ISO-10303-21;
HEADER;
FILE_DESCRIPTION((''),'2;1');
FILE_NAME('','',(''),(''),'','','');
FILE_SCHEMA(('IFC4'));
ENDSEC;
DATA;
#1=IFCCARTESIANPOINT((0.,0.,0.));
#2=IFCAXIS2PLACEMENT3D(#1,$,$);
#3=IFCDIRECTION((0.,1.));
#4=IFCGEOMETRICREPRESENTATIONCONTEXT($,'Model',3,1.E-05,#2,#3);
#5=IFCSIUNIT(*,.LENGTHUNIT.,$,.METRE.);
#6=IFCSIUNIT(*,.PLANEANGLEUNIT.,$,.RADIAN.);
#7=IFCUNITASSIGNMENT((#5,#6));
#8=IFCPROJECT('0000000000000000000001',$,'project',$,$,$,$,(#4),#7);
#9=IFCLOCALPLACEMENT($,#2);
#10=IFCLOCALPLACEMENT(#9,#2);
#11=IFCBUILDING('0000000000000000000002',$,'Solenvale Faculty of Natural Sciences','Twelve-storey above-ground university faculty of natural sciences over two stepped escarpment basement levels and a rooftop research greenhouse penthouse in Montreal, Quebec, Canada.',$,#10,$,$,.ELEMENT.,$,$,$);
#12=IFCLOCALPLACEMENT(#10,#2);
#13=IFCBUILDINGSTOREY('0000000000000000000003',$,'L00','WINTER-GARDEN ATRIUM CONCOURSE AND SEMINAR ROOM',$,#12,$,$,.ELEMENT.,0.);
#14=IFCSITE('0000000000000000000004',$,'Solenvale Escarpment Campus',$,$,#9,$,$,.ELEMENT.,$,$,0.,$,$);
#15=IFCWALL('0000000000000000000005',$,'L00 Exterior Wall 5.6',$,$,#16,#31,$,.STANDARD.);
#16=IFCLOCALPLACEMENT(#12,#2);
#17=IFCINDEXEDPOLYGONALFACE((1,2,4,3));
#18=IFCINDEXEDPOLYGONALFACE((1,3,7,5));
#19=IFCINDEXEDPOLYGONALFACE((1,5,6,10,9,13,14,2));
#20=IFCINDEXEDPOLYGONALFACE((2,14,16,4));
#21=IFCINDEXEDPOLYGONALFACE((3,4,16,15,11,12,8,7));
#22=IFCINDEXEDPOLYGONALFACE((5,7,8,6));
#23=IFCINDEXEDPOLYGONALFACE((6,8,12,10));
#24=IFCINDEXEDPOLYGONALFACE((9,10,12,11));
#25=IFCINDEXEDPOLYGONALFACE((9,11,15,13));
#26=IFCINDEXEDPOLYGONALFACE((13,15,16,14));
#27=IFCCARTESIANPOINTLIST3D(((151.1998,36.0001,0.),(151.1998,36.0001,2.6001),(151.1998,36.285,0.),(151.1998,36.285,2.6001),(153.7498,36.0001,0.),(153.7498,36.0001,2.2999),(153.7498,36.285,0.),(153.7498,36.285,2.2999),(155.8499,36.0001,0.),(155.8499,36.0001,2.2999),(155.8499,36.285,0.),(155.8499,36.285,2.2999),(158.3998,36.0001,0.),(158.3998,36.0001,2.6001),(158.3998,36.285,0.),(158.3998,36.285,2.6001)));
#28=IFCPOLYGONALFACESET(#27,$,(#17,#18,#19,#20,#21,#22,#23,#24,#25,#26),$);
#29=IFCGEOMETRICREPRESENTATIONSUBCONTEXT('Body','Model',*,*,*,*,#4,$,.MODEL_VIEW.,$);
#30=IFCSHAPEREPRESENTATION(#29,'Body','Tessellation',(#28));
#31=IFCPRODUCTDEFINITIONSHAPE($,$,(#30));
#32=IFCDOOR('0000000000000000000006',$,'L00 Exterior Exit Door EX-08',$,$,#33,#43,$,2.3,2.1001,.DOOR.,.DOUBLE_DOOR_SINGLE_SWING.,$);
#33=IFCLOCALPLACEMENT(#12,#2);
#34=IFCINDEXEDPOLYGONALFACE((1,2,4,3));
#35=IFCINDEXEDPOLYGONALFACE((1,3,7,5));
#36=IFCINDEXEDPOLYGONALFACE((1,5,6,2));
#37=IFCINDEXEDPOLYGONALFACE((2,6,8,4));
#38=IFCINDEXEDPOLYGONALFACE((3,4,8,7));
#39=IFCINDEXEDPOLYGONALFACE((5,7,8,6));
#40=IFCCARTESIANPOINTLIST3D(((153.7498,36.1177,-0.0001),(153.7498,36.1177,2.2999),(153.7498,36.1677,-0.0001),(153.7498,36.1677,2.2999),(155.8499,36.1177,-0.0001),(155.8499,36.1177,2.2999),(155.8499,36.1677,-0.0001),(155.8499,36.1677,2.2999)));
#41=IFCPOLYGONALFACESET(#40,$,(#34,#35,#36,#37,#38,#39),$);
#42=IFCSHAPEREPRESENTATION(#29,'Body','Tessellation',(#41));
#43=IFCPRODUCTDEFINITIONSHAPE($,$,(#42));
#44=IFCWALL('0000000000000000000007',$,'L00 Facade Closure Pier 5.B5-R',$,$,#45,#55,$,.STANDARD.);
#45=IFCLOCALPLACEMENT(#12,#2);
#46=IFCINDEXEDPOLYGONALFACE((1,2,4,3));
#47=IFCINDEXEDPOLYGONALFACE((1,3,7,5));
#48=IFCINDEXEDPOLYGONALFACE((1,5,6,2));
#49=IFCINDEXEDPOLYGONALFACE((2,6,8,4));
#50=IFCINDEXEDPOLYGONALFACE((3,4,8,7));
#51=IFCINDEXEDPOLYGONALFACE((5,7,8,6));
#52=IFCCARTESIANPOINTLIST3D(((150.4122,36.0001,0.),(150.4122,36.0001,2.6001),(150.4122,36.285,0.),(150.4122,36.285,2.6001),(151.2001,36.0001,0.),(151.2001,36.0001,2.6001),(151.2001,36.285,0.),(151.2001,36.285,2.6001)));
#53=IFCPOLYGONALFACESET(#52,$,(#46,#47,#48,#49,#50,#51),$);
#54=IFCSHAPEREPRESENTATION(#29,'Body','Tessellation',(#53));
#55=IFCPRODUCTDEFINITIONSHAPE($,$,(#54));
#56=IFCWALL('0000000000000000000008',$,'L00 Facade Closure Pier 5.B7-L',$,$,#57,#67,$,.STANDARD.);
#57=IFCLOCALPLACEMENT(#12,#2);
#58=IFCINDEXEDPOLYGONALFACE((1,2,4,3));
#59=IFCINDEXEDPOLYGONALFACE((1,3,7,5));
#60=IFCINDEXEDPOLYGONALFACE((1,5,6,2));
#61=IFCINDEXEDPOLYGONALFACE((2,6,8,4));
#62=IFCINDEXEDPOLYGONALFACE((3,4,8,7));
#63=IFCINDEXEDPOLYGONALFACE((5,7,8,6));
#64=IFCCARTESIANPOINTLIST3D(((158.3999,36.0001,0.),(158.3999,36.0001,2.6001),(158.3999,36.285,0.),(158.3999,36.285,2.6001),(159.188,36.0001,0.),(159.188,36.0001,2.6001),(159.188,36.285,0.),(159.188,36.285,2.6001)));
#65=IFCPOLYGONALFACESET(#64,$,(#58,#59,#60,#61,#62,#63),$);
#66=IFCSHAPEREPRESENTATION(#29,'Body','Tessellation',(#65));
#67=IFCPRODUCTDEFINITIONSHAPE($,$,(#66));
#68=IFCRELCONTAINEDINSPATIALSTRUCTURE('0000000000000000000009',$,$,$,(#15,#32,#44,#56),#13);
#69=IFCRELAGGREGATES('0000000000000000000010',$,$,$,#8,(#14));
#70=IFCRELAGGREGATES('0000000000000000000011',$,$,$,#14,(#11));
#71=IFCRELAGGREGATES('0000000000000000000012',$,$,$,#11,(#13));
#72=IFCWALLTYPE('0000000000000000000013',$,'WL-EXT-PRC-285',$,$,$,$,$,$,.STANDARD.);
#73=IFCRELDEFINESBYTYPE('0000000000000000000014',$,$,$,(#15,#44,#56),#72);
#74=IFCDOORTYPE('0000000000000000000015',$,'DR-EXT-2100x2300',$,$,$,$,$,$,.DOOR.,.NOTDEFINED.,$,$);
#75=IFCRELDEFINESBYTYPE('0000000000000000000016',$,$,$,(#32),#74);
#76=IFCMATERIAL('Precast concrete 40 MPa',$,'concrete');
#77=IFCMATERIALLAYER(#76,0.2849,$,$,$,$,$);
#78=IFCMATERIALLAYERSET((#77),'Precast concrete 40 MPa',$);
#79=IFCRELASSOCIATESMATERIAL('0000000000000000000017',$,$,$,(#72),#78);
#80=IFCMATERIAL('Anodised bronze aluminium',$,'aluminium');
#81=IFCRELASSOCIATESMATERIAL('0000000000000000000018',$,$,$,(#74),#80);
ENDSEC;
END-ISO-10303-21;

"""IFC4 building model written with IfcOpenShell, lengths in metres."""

from ifc_helpers import new_model, si_unit, direction, frame, frame_2d, origin, place, context, subcontext, project, spatial, rectangle, extrude, material, layer, layer_set, type_object, element, fill, save


model = new_model("IFC4")

# Units and contexts
model_context = context("Model", 3, precision=1e-05, world=origin(), true_north=direction((0.0, 1.0)))
body_context = subcontext(model_context, "Body", "Model", "MODEL_VIEW")
ifc_project = project(units=[si_unit("LENGTHUNIT", "METRE"), si_unit("PLANEANGLEUNIT", "RADIAN")], contexts=[model_context])

# Site, building, storey
site_placement = place(None, origin())
site = spatial("IfcSite", under=ifc_project, at=site_placement, Name="Solenvale Escarpment Campus", CompositionType="ELEMENT", RefElevation=0.0)
building_placement = place(site_placement, origin())
building = spatial("IfcBuilding", under=site, at=building_placement, Name="Solenvale Faculty of Natural Sciences", Description="Twelve-storey above-ground university faculty of natural sciences over two stepped escarpment basement levels and a rooftop research greenhouse penthouse in Montreal, Quebec, Canada.", CompositionType="ELEMENT")
storey_placement = place(building_placement, origin())
storey = spatial("IfcBuildingStorey", under=building, at=storey_placement, Name="L00", Description="WINTER-GARDEN ATRIUM CONCOURSE AND SEMINAR ROOM", CompositionType="ELEMENT", Elevation=0.0)

# Shared definitions
ifc_material_1 = material(Name="Anodised bronze aluminium", Category="aluminium")

# Wall, opening, door
ifc_material_2 = material(Name="Precast concrete 40 MPa", Category="concrete")
ifc_layer_1 = layer(ifc_material_2, 0.2849)
ifc_layer_set_1 = layer_set([ifc_layer_1], Name="Precast concrete 40 MPa")
wall_type = type_object("IfcWallType", Name="WL-EXT-PRC-285", PredefinedType="STANDARD", material=ifc_layer_set_1)
wall_1_placement = place(storey_placement, frame((158.3999, 36.1426, 0.0), z_axis=(0.0, 0.0, 1.0), x_axis=(-1.0, 0.0, 0.0)))
wall_1 = element("IfcWall", 1, at=wall_1_placement, inside=storey, type_object=wall_type, Name="L00 Exterior Wall 5.6", PredefinedType="STANDARD", context=body_context, shape_type="SweptSolid", body=[
    extrude(rectangle(XDim=7.2, YDim=0.2849, at=frame_2d((3.6001, 0.0))), origin(), (0.0, 0.0, 1.0), 2.6001),
])
opening_placement = place(wall_1_placement, frame((2.55, 0.0, 0.0)))
opening = element("IfcOpeningElement", 2, at=opening_placement, cuts=wall_1, PredefinedType="OPENING", context=body_context, shape_type="SweptSolid", body=[
    extrude(rectangle(XDim=2.1001, YDim=2.3, at=frame_2d((1.05, 1.1499))), frame((0.0, 0.1523, 0.0), z_axis=(0.0, -1.0, 0.0), x_axis=(1.0, 0.0, 0.0)), (0.0, 0.0, 1.0), 0.3049),
])
door_type = type_object("IfcDoorType", Name="DR-EXT-2100x2300", OperationType="NOTDEFINED", PredefinedType="DOOR", material=ifc_material_1)
door_placement = place(opening_placement, origin())
door = element("IfcDoor", 3, at=door_placement, inside=storey, type_object=door_type, Name="L00 Exterior Exit Door EX-08", OperationType="DOUBLE_DOOR_SINGLE_SWING", OverallHeight=2.3, OverallWidth=2.1001, PredefinedType="DOOR", context=body_context, shape_type="SweptSolid", body=[
    extrude(rectangle(XDim=2.1001, YDim=2.3, at=frame_2d((1.05, 1.1499))), frame((0.0, 0.0249, 0.0), z_axis=(0.0, -1.0, 0.0), x_axis=(1.0, 0.0, 0.0)), (0.0, 0.0, 1.0), 0.05),
])
fill(opening, door)

# Walls
wall_2_placement = place(storey_placement, frame((150.4121, 36.1426, 0.0), z_axis=(0.0, 0.0, 1.0), x_axis=(1.0, 0.0, 0.0)))
element("IfcWall", 4, at=wall_2_placement, inside=storey, type_object=wall_type, Name="L00 Facade Closure Pier 5.B5-R", PredefinedType="STANDARD", context=body_context, shape_type="SweptSolid", body=[
    extrude(rectangle(XDim=0.7878, YDim=0.2849, at=frame_2d((0.394, 0.0))), origin(), (0.0, 0.0, 1.0), 2.6001),
])
wall_3_placement = place(storey_placement, frame((158.3999, 36.1426, 0.0), z_axis=(0.0, 0.0, 1.0), x_axis=(1.0, 0.0, 0.0)))
element("IfcWall", 5, at=wall_3_placement, inside=storey, type_object=wall_type, Name="L00 Facade Closure Pier 5.B7-L", PredefinedType="STANDARD", context=body_context, shape_type="SweptSolid", body=[
    extrude(rectangle(XDim=0.7881, YDim=0.2849, at=frame_2d((0.394, 0.0))), origin(), (0.0, 0.0, 1.0), 2.6001),
])

save(model, "model.ifc")
